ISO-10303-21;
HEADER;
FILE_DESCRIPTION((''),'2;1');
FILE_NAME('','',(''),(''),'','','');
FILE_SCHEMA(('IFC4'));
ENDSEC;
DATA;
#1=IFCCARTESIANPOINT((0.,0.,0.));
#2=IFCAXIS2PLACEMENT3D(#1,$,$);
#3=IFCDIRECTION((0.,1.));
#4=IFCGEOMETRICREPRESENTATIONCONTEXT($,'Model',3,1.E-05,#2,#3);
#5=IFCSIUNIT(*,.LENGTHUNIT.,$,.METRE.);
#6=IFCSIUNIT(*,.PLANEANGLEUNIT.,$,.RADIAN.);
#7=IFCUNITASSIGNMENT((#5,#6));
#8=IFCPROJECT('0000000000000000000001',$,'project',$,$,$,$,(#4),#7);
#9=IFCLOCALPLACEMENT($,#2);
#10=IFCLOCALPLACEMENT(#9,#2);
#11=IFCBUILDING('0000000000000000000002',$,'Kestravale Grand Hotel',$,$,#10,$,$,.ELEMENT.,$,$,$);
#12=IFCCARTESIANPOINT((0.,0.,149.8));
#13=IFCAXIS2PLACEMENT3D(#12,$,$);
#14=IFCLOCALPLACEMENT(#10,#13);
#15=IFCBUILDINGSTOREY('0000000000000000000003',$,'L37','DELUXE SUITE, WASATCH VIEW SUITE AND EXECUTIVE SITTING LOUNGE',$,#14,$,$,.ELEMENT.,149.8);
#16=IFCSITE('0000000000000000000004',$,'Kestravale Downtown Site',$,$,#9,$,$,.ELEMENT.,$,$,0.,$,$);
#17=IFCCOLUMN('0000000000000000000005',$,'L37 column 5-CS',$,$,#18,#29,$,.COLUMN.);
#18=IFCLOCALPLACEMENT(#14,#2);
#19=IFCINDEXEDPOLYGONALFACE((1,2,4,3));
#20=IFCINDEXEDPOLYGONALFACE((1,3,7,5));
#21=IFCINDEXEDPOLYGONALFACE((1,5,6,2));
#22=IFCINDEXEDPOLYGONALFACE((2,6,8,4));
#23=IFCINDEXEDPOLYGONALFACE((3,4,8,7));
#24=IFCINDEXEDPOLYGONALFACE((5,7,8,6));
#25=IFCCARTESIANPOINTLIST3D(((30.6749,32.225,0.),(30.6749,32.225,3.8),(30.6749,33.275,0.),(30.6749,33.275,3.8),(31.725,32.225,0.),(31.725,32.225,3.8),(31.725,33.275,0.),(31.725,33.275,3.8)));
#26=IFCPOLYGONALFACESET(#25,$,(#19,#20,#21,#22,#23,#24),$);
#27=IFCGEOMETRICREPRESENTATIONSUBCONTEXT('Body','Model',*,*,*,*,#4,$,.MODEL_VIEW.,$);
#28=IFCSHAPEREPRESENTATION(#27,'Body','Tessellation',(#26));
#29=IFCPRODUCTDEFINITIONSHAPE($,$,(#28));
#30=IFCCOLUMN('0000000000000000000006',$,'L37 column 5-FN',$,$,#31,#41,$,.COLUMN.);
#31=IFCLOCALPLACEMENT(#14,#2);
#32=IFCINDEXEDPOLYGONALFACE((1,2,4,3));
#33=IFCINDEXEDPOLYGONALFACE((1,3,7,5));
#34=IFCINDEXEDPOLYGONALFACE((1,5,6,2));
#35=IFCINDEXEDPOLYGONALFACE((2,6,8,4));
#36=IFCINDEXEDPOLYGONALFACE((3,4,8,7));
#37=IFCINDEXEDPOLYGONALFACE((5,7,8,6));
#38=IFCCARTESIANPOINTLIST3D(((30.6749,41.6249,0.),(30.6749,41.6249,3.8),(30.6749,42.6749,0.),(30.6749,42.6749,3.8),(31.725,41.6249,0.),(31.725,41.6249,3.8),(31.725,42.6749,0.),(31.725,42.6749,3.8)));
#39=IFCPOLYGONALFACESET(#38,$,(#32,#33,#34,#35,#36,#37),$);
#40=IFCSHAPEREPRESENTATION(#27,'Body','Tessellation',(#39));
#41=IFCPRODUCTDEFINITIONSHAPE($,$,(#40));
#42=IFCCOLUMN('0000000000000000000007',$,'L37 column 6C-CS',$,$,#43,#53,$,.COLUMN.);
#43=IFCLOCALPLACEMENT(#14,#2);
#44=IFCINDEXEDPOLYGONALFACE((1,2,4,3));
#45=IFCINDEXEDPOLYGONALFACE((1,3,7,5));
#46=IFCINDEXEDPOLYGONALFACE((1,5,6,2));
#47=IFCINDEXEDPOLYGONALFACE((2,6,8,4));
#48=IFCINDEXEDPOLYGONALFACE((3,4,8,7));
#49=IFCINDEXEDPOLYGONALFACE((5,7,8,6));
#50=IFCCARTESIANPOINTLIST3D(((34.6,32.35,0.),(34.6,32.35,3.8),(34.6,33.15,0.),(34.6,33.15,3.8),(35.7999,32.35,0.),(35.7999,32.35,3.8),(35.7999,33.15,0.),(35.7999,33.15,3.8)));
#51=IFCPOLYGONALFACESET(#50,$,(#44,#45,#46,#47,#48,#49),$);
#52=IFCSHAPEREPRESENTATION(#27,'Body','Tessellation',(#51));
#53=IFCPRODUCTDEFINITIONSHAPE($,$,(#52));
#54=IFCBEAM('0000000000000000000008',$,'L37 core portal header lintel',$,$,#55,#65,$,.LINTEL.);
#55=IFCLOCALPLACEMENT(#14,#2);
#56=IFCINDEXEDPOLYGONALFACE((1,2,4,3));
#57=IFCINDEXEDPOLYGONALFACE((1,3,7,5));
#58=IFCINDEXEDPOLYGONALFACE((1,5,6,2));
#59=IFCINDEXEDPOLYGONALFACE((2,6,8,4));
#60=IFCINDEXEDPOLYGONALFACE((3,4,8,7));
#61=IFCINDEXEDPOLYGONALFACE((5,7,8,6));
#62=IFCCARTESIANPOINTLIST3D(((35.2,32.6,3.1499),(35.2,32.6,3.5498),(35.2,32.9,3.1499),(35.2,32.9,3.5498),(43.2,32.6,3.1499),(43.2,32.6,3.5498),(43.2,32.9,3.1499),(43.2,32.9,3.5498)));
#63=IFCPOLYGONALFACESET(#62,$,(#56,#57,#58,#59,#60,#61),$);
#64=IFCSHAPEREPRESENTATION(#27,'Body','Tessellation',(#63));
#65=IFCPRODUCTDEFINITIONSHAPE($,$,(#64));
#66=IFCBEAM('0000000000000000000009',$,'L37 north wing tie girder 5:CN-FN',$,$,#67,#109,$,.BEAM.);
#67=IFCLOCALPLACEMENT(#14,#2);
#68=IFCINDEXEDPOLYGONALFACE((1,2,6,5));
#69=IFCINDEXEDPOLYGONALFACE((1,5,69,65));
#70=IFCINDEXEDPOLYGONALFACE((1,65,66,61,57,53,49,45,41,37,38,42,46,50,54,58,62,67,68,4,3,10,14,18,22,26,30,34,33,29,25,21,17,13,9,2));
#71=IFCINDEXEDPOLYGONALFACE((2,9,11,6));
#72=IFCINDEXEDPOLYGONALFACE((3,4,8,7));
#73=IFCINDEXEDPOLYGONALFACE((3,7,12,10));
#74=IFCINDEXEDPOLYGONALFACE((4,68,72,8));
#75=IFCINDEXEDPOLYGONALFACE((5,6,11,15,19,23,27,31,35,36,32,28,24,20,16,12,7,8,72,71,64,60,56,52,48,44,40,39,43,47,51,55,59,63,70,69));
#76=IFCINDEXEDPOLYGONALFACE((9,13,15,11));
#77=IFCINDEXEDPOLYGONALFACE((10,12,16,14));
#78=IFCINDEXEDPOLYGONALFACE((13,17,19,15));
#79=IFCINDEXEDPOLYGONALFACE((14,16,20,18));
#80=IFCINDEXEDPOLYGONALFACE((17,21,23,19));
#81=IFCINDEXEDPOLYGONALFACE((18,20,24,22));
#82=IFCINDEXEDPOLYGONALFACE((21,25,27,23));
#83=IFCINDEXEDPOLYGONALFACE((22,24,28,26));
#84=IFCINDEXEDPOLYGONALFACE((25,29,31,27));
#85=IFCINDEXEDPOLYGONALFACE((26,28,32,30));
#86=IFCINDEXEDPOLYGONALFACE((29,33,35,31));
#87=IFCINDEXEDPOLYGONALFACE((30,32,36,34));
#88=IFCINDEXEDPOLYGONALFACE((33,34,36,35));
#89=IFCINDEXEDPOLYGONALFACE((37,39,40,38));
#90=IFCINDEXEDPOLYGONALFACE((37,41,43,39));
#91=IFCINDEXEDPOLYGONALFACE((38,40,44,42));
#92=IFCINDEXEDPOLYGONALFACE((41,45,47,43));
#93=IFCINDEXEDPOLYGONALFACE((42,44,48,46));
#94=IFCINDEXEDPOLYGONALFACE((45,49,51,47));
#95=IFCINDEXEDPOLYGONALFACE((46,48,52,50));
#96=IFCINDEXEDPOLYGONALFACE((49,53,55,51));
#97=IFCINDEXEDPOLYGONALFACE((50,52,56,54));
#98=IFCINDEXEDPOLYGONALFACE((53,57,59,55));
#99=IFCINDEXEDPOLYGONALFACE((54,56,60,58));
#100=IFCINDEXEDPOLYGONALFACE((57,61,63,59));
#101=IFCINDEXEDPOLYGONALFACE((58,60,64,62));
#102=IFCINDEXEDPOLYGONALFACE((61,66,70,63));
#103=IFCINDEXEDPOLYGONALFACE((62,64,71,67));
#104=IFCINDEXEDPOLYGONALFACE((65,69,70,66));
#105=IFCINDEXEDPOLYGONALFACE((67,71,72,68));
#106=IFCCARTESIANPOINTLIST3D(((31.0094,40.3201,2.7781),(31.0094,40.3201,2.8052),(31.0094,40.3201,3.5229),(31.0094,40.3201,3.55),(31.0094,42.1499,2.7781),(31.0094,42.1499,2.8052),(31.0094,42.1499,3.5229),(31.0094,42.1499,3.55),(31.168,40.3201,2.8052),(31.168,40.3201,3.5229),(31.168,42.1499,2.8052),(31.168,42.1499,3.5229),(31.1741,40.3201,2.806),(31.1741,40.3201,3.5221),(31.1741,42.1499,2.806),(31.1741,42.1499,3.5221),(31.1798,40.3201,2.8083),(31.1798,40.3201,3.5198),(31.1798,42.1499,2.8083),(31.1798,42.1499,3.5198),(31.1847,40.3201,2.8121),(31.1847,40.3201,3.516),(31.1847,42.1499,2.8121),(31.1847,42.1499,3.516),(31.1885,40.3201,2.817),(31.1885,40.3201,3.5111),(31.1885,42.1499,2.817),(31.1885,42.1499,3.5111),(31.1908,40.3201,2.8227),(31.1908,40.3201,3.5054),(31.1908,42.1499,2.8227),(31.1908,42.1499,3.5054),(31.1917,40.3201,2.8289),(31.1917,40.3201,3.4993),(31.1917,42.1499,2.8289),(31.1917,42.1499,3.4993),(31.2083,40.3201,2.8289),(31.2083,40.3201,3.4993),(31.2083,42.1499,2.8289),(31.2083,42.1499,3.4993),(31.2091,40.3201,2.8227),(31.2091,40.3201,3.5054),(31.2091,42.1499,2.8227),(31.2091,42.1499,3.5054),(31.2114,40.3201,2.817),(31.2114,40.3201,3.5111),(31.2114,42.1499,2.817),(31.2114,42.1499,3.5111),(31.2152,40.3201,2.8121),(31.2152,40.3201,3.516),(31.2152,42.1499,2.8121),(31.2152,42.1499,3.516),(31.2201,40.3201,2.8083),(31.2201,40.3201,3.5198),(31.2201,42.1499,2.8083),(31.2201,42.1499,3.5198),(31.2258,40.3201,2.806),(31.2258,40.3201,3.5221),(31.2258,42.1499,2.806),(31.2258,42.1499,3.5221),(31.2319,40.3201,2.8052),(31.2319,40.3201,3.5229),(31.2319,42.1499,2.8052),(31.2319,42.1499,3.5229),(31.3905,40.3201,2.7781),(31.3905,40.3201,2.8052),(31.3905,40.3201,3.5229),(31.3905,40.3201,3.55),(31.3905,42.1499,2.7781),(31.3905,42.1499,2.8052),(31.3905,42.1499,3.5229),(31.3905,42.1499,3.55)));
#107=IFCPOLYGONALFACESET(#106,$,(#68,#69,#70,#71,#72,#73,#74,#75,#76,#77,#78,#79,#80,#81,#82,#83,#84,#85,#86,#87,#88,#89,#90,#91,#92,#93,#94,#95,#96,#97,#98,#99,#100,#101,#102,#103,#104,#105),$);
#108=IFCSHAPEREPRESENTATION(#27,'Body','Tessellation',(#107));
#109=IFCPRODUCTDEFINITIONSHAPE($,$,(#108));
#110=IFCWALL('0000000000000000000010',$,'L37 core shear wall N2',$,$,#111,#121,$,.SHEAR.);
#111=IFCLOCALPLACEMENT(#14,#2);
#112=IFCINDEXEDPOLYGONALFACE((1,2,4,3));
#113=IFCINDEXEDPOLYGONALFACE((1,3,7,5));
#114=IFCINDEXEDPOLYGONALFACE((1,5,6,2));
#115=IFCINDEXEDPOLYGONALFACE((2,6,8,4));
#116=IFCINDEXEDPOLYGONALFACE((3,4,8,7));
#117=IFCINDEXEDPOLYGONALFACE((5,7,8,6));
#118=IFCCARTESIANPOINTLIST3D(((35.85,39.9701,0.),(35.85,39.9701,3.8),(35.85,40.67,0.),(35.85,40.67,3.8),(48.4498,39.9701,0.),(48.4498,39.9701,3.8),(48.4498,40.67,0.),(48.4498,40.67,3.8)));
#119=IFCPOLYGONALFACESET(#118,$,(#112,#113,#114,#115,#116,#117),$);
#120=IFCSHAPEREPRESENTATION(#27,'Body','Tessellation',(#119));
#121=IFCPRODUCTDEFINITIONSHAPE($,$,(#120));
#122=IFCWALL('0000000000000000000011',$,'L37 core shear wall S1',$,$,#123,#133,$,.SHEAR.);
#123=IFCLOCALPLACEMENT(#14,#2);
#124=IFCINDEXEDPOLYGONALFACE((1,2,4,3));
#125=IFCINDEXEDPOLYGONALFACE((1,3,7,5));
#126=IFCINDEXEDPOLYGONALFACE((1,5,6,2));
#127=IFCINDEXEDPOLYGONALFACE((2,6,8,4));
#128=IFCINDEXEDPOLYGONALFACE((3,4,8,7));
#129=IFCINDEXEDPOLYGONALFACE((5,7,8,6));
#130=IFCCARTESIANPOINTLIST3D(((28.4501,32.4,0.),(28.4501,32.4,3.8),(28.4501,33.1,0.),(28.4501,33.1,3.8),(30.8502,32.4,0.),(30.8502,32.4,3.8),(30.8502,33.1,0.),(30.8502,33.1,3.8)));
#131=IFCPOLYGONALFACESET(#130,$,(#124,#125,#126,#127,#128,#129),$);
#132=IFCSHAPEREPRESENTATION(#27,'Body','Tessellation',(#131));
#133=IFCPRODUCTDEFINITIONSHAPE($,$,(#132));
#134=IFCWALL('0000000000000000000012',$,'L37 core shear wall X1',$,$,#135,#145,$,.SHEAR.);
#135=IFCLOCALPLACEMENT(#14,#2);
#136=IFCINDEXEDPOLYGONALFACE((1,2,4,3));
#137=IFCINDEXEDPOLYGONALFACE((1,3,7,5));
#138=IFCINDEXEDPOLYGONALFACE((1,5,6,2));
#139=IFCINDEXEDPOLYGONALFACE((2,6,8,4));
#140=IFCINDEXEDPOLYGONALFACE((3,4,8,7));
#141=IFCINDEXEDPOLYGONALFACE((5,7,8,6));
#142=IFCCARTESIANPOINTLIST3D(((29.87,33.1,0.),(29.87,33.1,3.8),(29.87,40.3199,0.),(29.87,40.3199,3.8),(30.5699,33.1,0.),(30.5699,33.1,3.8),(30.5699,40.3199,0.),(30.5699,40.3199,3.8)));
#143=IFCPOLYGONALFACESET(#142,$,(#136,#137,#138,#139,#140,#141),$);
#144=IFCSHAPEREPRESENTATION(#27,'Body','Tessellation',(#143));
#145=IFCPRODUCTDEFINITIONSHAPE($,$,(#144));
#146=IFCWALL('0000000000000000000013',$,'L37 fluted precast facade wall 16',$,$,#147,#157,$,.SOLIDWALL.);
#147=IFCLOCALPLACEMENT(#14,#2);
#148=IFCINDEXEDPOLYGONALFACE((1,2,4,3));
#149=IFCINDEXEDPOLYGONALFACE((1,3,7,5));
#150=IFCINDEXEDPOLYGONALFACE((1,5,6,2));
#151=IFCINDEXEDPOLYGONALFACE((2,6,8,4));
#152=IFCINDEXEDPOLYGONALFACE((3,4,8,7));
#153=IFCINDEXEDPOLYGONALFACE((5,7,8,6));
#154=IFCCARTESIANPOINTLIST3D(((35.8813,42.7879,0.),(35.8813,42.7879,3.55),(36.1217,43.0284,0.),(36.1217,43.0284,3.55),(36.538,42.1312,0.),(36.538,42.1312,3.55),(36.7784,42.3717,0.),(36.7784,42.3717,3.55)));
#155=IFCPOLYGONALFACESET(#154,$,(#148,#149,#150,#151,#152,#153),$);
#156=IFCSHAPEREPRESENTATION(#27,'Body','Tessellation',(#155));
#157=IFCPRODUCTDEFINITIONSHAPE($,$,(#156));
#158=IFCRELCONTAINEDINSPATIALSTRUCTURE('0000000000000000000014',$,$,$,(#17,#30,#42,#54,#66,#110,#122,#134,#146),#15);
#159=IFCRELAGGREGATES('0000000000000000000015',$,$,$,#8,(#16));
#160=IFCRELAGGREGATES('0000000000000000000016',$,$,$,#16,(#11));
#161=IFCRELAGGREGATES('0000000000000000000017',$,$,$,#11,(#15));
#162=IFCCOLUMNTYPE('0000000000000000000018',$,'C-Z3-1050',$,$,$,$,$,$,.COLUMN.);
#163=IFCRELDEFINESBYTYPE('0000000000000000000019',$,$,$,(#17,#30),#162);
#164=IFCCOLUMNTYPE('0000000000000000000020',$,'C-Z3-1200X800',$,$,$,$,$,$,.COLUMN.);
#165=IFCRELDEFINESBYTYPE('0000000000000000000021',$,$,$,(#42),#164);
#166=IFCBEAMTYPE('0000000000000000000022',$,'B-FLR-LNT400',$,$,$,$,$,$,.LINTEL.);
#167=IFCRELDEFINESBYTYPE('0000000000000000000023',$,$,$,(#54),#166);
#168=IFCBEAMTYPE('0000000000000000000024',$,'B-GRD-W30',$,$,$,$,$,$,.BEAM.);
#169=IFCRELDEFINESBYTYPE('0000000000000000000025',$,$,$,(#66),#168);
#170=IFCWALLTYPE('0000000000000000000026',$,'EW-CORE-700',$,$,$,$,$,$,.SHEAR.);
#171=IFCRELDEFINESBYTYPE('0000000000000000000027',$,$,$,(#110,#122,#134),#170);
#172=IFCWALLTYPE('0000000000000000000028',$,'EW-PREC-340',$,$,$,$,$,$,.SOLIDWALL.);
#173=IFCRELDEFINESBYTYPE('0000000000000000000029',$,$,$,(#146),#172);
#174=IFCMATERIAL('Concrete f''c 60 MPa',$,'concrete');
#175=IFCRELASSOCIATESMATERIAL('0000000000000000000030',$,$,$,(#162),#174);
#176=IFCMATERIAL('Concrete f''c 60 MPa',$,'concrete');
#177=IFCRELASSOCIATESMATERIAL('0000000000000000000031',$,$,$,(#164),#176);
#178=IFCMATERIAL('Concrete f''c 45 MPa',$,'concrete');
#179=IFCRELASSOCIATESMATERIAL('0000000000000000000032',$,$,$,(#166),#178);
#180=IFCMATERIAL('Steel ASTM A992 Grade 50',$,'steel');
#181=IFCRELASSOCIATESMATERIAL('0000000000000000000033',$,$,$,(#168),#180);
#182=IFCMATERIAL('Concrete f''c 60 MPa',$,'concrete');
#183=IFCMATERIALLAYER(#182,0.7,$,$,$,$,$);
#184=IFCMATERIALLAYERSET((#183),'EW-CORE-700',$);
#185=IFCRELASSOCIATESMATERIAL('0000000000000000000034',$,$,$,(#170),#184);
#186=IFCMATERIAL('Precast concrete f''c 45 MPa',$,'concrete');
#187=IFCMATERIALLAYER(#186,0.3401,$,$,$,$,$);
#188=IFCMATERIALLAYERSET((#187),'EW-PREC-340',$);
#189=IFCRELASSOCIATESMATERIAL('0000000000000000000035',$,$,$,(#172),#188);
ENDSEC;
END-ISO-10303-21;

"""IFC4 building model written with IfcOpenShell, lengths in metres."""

from ifc_helpers import new_model, si_unit, direction, frame, frame_2d, origin, origin_2d, place, context, subcontext, project, spatial, rectangle, i_section, extrude, material, layer, layer_set, material_profile, profile_set, type_object, element, save


model = new_model("IFC4")

# Units and contexts
model_context = context("Model", 3, precision=1e-05, world=origin(), true_north=direction((0.0, 1.0)))
body_context = subcontext(model_context, "Body", "Model", "MODEL_VIEW")
ifc_project = project(units=[si_unit("LENGTHUNIT", "METRE"), si_unit("PLANEANGLEUNIT", "RADIAN")], contexts=[model_context])

# Site, building, storey
site_placement = place(None, origin())
site = spatial("IfcSite", under=ifc_project, at=site_placement, Name="Kestravale Downtown Site", CompositionType="ELEMENT", RefElevation=0.0)
building_placement = place(site_placement, origin())
building = spatial("IfcBuilding", under=site, at=building_placement, Name="Kestravale Grand Hotel", CompositionType="ELEMENT")
storey_placement = place(building_placement, frame((0.0, 0.0, 149.8)))
storey = spatial("IfcBuildingStorey", under=building, at=storey_placement, Name="L37", Description="DELUXE SUITE, WASATCH VIEW SUITE AND EXECUTIVE SITTING LOUNGE", CompositionType="ELEMENT", Elevation=149.8)

# Columns
ifc_material_1 = material(Name="Concrete f'c 60 MPa", Category="concrete")
ifc_material_profile_1 = material_profile(ifc_material_1, rectangle(XDim=1.05, YDim=1.05, at=origin_2d()))
ifc_profile_set_1 = profile_set([ifc_material_profile_1], Name="Concrete f'c 60 MPa")
column_type_1 = type_object("IfcColumnType", Name="C-Z3-1050", PredefinedType="COLUMN", material=ifc_profile_set_1)
for number, where, z_axis, x_axis, name in (
    (1, (31.2, 32.75, 0.0), (0.0, 0.0, 1.0), (1.0, 0.0, 0.0), "L37 column 5-CS"),
    (2, (31.2, 42.1499, 0.0), (0.0, 0.0, 1.0), (1.0, 0.0, 0.0), "L37 column 5-FN"),
):
    element("IfcColumn", number, at=place(storey_placement, frame(where, z_axis=z_axis, x_axis=x_axis)), inside=storey, type_object=column_type_1, Name=name, PredefinedType="COLUMN", context=body_context, shape_type="SweptSolid", body=[
        extrude(rectangle(XDim=1.05, YDim=1.05, at=origin_2d()), origin(), (0.0, 0.0, 1.0), 3.8),
    ])
ifc_material_2 = material(Name="Concrete f'c 60 MPa", Category="concrete")
ifc_material_profile_2 = material_profile(ifc_material_2, rectangle(XDim=1.2, YDim=0.8, at=origin_2d()))
ifc_profile_set_2 = profile_set([ifc_material_profile_2], Name="Concrete f'c 60 MPa")
column_type_2 = type_object("IfcColumnType", Name="C-Z3-1200X800", PredefinedType="COLUMN", material=ifc_profile_set_2)
column_placement = place(storey_placement, frame((35.2, 32.75, 0.0), z_axis=(0.0, 0.0, 1.0), x_axis=(1.0, 0.0, 0.0)))
element("IfcColumn", 3, at=column_placement, inside=storey, type_object=column_type_2, Name="L37 column 6C-CS", PredefinedType="COLUMN", context=body_context, shape_type="SweptSolid", body=[
    extrude(rectangle(XDim=1.2, YDim=0.8, at=origin_2d()), origin(), (0.0, 0.0, 1.0), 3.8),
])

# Beams
ifc_material_3 = material(Name="Concrete f'c 45 MPa", Category="concrete")
ifc_material_profile_3 = material_profile(ifc_material_3, rectangle(XDim=0.3, YDim=0.3999, at=origin_2d()))
ifc_profile_set_3 = profile_set([ifc_material_profile_3], Name="Concrete f'c 45 MPa")
beam_type_1 = type_object("IfcBeamType", Name="B-FLR-LNT400", PredefinedType="LINTEL", material=ifc_profile_set_3)
beam_1_placement = place(storey_placement, frame((35.2, 32.75, 3.3499), z_axis=(1.0, 0.0, 0.0), x_axis=(0.0, 1.0, 0.0)))
element("IfcBeam", 4, at=beam_1_placement, inside=storey, type_object=beam_type_1, Name="L37 core portal header lintel", PredefinedType="LINTEL", context=body_context, shape_type="SweptSolid", body=[
    extrude(rectangle(XDim=0.3, YDim=0.3999, at=origin_2d()), origin(), (0.0, 0.0, 1.0), 8.0),
])
ifc_material_4 = material(Name="Steel ASTM A992 Grade 50", Category="steel")
ifc_material_profile_4 = material_profile(ifc_material_4, i_section(OverallWidth=0.3811, OverallDepth=0.772, WebThickness=0.0166, FlangeThickness=0.0271, FilletRadius=0.0237, at=origin_2d()))
ifc_profile_set_4 = profile_set([ifc_material_profile_4], Name="Steel ASTM A992 Grade 50")
beam_type_2 = type_object("IfcBeamType", Name="B-GRD-W30", PredefinedType="BEAM", material=ifc_profile_set_4)
beam_2_placement = place(storey_placement, frame((31.2, 40.3201, 3.1641), z_axis=(0.0, 1.0, 0.0), x_axis=(-1.0, 0.0, 0.0)))
element("IfcBeam", 5, at=beam_2_placement, inside=storey, type_object=beam_type_2, Name="L37 north wing tie girder 5:CN-FN", PredefinedType="BEAM", context=body_context, shape_type="SweptSolid", body=[
    extrude(i_section(OverallWidth=0.3811, OverallDepth=0.772, WebThickness=0.0166, FlangeThickness=0.0271, FilletRadius=0.0237, at=origin_2d()), origin(), (0.0, 0.0, 1.0), 1.8298),
])

# Walls
ifc_material_5 = material(Name="Concrete f'c 60 MPa", Category="concrete")
ifc_layer_1 = layer(ifc_material_5, 0.7)
ifc_layer_set_1 = layer_set([ifc_layer_1], Name="EW-CORE-700")
wall_type_1 = type_object("IfcWallType", Name="EW-CORE-700", PredefinedType="SHEAR", material=ifc_layer_set_1)
wall_1_placement = place(storey_placement, frame((35.8501, 40.3201, 0.0), z_axis=(0.0, 0.0, 1.0), x_axis=(1.0, 0.0, 0.0)))
element("IfcWall", 6, at=wall_1_placement, inside=storey, type_object=wall_type_1, Name="L37 core shear wall N2", PredefinedType="SHEAR", context=body_context, shape_type="SweptSolid", body=[
    extrude(rectangle(XDim=12.5999, YDim=0.7, at=frame_2d((6.2998, 0.0))), origin(), (0.0, 0.0, 1.0), 3.8),
])
wall_2_placement = place(storey_placement, frame((28.45, 32.75, 0.0), z_axis=(0.0, 0.0, 1.0), x_axis=(1.0, 0.0, 0.0)))
element("IfcWall", 7, at=wall_2_placement, inside=storey, type_object=wall_type_1, Name="L37 core shear wall S1", PredefinedType="SHEAR", context=body_context, shape_type="SweptSolid", body=[
    extrude(rectangle(XDim=2.4001, YDim=0.7, at=frame_2d((1.2002, 0.0))), origin(), (0.0, 0.0, 1.0), 3.8),
])
wall_3_placement = place(storey_placement, frame((30.22, 33.1001, 0.0), z_axis=(0.0, 0.0, 1.0), x_axis=(0.0, 1.0, 0.0)))
element("IfcWall", 8, at=wall_3_placement, inside=storey, type_object=wall_type_1, Name="L37 core shear wall X1", PredefinedType="SHEAR", context=body_context, shape_type="SweptSolid", body=[
    extrude(rectangle(XDim=7.22, YDim=0.7, at=frame_2d((3.6099, 0.0))), origin(), (0.0, 0.0, 1.0), 3.8),
])

# Wall
ifc_material_6 = material(Name="Precast concrete f'c 45 MPa", Category="concrete")
ifc_layer_2 = layer(ifc_material_6, 0.3401)
ifc_layer_set_2 = layer_set([ifc_layer_2], Name="EW-PREC-340")
wall_type_2 = type_object("IfcWallType", Name="EW-PREC-340", PredefinedType="SOLIDWALL", material=ifc_layer_set_2)
wall_4_placement = place(storey_placement, frame((36.6582, 42.2515, 0.0), z_axis=(0.0, 0.0, 1.0), x_axis=(-0.707107, 0.707107, 0.0)))
element("IfcWall", 9, at=wall_4_placement, inside=storey, type_object=wall_type_2, Name="L37 fluted precast facade wall 16", PredefinedType="SOLIDWALL", context=body_context, shape_type="SweptSolid", body=[
    extrude(rectangle(XDim=0.9287, YDim=0.3401, at=frame_2d((0.4644, 0.0))), origin(), (0.0, 0.0, 1.0), 3.55),
])

save(model, "model.ifc")
